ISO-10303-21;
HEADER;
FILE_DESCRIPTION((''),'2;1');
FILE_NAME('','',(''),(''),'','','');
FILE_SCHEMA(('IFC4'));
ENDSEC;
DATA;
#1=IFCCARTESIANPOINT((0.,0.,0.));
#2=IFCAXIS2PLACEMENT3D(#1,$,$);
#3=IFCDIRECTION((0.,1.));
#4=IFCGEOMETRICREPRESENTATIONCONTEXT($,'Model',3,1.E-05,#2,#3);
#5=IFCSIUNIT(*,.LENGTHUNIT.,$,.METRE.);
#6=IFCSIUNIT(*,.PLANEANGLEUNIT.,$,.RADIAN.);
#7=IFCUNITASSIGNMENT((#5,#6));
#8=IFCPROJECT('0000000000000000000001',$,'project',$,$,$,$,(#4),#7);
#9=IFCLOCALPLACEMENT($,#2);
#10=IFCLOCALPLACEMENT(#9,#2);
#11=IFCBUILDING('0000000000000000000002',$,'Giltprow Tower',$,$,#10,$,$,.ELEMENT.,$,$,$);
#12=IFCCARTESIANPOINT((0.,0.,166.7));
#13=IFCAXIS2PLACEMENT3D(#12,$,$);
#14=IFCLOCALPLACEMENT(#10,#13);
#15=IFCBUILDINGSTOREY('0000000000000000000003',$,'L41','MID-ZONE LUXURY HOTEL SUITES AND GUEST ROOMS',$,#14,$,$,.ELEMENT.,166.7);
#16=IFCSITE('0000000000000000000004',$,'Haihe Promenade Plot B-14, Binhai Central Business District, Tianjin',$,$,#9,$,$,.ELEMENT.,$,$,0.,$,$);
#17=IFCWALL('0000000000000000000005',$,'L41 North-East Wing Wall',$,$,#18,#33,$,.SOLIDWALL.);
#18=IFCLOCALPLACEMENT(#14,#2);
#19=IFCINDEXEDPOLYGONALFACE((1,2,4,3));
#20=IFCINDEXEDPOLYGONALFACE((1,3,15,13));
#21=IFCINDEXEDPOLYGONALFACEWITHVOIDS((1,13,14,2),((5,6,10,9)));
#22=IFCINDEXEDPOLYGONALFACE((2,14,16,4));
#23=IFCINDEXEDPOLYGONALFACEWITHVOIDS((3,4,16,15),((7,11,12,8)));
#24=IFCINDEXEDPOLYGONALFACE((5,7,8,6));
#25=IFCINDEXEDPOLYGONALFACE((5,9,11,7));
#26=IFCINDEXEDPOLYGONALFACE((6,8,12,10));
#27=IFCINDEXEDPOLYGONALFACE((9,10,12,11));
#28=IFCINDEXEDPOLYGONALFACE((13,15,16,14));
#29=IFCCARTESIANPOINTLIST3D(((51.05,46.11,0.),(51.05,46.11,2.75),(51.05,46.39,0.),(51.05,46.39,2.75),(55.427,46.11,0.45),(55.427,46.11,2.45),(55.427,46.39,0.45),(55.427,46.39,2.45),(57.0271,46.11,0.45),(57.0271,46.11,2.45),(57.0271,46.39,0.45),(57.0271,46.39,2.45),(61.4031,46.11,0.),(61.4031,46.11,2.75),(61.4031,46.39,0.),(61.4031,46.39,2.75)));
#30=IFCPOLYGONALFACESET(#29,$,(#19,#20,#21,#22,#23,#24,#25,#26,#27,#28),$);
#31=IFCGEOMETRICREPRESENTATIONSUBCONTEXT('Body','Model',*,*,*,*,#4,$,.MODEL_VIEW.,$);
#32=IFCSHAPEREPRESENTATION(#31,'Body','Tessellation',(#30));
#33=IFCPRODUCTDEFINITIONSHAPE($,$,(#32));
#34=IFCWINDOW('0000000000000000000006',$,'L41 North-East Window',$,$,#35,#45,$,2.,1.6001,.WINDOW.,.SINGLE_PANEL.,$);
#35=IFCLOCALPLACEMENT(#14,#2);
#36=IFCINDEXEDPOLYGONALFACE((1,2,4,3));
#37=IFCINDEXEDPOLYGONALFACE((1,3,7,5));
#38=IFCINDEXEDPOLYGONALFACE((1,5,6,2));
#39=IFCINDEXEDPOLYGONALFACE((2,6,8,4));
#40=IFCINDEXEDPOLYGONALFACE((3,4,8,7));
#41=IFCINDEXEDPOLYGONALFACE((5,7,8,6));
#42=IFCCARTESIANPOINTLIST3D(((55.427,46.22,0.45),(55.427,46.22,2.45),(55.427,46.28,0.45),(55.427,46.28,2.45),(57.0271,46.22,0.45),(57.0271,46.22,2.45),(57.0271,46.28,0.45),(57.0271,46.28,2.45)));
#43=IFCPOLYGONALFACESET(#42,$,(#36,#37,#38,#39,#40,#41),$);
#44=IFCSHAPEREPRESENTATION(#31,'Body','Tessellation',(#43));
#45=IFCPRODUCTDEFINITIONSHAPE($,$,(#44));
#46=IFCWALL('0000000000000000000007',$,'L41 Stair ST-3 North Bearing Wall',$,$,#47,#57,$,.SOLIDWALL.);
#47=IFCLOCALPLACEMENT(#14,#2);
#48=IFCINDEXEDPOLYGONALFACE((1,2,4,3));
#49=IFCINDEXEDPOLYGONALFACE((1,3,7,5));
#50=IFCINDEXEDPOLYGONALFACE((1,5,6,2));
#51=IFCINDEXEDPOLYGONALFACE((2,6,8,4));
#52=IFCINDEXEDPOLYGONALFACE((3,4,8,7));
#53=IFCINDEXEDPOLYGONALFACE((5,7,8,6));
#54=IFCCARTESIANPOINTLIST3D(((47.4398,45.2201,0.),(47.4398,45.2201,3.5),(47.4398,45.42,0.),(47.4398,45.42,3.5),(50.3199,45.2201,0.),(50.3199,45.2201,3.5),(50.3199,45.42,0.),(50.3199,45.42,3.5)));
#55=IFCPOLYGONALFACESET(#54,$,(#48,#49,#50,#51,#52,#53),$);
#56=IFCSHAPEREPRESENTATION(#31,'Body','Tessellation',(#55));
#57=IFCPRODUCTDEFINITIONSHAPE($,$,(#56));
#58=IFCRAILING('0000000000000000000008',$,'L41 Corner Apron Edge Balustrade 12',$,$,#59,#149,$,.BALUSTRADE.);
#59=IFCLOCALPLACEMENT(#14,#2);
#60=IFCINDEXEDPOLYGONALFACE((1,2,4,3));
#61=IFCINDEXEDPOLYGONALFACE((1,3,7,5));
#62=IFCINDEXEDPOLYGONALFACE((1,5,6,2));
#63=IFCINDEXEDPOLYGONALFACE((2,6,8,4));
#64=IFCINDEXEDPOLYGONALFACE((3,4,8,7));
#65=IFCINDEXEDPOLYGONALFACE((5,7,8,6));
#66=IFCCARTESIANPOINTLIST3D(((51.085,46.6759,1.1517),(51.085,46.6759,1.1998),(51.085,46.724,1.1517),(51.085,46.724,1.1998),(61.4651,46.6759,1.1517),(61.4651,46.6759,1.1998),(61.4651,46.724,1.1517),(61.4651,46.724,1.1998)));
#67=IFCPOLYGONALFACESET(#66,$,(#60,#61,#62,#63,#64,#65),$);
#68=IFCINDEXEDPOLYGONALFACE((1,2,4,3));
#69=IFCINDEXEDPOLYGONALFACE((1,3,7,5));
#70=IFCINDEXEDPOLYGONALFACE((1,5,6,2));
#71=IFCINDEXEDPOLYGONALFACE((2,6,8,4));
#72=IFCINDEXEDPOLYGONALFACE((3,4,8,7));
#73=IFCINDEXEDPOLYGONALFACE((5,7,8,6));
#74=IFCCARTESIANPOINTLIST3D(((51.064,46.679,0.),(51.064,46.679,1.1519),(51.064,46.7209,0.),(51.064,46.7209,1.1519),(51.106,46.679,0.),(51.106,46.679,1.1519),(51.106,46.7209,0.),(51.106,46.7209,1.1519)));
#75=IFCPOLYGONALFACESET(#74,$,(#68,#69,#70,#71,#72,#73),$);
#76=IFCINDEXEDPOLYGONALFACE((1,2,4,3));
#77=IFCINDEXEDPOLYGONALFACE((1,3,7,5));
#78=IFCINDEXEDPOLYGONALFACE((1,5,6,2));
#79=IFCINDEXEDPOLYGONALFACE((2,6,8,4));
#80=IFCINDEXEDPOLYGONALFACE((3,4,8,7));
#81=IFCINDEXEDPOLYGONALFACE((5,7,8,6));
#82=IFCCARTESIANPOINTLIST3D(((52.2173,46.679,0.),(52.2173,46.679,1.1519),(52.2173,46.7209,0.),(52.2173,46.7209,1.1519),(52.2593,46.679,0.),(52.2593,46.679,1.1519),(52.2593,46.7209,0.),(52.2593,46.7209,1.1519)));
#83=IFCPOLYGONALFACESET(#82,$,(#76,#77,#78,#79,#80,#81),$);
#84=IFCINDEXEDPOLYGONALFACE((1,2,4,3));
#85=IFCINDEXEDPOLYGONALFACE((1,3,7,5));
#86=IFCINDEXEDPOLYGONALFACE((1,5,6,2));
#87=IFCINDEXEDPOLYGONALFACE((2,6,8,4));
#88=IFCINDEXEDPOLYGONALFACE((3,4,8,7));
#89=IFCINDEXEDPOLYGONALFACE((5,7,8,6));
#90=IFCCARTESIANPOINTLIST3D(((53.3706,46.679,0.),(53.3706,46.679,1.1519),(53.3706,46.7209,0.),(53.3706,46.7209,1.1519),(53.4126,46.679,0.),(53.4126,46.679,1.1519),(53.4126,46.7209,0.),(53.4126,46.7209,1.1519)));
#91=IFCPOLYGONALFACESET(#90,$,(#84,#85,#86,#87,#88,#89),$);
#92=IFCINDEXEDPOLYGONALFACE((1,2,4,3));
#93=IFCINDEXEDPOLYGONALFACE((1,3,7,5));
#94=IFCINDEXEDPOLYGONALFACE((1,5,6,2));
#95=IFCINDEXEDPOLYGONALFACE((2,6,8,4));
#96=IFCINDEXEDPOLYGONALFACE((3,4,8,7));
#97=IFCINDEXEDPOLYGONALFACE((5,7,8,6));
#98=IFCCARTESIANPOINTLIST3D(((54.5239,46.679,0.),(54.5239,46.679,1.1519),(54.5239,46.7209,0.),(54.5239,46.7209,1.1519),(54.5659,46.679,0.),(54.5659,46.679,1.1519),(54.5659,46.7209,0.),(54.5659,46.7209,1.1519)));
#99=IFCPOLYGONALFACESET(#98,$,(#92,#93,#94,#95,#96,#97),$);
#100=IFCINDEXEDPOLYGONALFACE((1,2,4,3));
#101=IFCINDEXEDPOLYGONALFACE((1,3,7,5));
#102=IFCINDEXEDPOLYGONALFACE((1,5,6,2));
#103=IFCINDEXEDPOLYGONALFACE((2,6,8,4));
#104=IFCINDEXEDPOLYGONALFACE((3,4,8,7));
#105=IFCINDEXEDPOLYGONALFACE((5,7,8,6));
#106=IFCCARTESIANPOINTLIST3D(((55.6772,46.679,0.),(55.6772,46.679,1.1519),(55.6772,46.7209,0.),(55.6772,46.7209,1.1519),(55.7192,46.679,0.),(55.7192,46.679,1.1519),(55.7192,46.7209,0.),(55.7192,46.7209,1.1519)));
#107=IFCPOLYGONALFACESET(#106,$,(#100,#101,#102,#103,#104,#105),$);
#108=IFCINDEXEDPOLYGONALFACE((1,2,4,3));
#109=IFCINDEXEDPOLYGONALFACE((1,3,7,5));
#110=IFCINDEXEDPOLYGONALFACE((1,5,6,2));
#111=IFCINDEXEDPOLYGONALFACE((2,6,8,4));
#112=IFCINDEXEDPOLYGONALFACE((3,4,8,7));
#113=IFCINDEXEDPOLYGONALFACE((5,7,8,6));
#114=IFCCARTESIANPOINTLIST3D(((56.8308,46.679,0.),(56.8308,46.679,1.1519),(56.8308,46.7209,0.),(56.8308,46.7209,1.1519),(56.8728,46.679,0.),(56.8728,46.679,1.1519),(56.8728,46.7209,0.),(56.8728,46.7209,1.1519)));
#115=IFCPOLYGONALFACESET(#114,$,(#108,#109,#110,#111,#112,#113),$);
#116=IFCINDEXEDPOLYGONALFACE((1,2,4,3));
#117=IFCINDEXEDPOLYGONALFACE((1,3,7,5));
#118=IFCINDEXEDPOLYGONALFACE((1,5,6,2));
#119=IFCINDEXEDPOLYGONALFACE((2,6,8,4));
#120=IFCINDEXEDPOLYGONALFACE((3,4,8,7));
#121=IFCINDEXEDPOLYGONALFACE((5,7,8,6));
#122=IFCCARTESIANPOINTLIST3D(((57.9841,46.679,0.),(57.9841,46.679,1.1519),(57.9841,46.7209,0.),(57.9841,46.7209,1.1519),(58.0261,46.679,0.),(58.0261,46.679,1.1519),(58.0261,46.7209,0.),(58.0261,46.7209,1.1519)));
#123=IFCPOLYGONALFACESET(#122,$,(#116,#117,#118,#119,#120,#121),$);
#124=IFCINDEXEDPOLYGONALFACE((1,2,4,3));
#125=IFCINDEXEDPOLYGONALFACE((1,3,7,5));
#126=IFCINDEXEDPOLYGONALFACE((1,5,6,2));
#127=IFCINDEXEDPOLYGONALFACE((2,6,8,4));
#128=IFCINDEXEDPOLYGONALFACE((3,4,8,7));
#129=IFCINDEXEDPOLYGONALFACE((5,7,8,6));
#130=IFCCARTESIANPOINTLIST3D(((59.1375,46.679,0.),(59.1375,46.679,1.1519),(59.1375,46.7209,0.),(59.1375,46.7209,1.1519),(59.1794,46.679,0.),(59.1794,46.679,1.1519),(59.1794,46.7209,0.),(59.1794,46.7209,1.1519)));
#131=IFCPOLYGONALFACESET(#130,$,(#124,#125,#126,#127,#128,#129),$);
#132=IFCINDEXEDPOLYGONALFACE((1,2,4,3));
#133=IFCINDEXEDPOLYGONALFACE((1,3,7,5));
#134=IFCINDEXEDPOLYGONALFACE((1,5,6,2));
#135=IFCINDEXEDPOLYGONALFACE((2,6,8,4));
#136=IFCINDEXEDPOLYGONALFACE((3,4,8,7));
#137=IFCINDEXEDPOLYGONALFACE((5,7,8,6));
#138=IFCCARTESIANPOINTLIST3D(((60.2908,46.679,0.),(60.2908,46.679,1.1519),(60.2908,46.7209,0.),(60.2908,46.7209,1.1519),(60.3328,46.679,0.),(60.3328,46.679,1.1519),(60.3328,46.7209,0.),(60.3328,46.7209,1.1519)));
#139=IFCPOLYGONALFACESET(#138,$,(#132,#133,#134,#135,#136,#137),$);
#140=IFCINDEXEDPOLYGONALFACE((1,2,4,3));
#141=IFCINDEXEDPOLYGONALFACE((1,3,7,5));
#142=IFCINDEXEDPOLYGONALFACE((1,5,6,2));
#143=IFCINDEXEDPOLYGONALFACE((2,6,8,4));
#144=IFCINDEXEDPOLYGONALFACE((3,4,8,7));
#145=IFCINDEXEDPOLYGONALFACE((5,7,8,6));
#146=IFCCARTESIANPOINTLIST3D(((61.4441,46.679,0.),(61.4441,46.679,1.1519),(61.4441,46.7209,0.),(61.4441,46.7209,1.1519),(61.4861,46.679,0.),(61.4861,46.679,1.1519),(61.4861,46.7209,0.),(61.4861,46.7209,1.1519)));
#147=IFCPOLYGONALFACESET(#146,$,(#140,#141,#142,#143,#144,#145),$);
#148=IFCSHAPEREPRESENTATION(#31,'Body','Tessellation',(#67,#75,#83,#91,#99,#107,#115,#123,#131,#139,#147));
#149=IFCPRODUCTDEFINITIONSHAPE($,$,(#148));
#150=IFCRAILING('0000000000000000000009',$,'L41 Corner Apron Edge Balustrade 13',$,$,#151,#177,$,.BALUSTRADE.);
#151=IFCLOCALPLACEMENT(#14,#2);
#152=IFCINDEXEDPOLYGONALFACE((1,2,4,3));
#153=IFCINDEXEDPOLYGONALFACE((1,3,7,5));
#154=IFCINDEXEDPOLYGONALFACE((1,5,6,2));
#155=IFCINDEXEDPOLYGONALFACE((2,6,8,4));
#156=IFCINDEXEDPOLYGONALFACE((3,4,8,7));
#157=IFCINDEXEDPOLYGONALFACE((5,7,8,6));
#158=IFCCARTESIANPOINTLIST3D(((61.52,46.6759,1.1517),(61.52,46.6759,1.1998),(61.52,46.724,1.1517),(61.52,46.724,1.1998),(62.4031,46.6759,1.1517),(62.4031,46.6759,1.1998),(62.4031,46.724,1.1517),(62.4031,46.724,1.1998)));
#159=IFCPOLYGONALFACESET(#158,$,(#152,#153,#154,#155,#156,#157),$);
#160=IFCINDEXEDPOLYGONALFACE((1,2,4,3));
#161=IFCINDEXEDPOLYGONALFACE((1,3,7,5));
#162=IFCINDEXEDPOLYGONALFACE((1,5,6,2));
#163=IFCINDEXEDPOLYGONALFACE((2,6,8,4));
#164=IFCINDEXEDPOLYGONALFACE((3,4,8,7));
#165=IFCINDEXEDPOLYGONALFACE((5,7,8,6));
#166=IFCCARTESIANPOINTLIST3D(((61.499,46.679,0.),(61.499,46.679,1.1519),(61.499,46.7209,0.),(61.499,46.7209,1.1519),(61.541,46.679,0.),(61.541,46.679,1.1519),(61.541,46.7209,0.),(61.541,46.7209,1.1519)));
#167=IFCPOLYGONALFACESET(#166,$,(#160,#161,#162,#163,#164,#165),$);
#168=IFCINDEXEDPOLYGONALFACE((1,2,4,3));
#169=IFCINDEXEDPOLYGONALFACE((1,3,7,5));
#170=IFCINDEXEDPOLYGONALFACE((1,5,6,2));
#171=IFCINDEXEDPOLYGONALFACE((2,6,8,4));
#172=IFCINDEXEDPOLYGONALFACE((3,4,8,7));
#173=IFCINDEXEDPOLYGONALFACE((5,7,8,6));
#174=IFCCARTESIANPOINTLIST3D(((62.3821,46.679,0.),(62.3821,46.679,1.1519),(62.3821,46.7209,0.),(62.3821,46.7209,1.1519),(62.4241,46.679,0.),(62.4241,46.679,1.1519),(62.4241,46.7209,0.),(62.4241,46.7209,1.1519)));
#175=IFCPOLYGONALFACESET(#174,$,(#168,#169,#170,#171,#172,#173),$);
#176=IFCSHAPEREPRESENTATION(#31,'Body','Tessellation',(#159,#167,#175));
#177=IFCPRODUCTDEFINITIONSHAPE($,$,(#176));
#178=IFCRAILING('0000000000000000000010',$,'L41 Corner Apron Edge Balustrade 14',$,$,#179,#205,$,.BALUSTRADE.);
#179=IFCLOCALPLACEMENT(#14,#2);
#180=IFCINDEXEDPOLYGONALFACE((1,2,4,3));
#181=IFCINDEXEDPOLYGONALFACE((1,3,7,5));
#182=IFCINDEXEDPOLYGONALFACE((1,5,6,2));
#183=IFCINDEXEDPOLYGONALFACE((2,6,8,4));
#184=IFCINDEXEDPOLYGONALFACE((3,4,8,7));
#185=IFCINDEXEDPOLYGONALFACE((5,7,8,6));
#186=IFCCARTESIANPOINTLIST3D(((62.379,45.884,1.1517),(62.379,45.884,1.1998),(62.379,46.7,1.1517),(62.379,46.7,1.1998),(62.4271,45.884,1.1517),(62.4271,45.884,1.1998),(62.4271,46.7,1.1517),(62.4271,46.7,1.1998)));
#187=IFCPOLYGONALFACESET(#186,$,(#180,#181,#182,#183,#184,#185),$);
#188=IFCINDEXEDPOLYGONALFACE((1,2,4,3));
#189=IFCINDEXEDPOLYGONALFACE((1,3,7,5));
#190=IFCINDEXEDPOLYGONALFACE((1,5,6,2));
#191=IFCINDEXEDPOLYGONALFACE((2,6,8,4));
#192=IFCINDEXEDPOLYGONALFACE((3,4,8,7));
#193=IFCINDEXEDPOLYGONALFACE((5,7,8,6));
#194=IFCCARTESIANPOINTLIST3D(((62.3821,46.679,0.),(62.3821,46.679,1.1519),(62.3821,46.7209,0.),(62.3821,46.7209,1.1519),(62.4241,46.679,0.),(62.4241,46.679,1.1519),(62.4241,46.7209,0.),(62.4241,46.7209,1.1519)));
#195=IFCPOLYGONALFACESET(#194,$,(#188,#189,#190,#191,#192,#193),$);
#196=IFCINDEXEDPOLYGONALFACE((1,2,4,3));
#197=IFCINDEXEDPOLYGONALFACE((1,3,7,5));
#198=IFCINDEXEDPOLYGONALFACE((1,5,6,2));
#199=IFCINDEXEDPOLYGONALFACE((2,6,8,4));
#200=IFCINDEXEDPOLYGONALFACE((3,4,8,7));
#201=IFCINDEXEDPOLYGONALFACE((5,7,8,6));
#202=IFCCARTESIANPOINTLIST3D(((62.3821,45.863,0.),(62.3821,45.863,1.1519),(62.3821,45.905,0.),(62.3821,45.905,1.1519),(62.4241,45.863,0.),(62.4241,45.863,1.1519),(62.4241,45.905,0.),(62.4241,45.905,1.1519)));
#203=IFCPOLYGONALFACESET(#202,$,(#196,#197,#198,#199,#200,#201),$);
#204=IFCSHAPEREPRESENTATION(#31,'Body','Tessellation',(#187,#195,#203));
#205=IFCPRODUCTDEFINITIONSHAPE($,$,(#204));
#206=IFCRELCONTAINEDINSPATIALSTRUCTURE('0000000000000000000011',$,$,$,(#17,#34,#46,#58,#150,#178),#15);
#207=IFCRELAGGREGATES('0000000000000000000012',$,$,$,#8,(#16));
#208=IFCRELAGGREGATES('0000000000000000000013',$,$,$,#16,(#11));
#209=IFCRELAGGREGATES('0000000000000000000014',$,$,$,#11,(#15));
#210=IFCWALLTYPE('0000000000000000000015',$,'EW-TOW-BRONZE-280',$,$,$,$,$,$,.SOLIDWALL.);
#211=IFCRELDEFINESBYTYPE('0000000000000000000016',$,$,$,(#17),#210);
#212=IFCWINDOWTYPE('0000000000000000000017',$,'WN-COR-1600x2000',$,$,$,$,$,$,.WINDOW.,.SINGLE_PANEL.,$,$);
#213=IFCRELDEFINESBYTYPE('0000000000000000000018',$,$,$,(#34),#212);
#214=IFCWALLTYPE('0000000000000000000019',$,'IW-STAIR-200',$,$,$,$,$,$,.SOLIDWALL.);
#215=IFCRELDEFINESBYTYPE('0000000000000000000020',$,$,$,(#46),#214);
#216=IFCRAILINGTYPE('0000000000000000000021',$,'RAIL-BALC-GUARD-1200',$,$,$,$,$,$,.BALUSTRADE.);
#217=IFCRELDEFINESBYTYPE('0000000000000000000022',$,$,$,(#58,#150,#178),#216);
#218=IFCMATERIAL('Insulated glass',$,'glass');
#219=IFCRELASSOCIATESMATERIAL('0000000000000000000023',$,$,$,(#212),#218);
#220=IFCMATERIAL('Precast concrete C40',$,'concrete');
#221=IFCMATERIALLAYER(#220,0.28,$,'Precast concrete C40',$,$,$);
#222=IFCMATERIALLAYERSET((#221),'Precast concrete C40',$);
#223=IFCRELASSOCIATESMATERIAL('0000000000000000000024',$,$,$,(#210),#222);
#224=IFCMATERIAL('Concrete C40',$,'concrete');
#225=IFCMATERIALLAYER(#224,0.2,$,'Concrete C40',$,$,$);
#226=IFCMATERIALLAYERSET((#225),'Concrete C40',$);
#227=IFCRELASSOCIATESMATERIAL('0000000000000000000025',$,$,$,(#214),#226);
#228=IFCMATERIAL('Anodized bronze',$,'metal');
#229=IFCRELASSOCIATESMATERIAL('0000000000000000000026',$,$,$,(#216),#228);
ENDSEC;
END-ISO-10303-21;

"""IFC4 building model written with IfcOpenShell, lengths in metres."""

from ifc_helpers import new_model, si_unit, direction, frame, frame_2d, origin, origin_2d, place, context, subcontext, project, spatial, rectangle, extrude, source, transform, mapped, material, layer, layer_set, type_object, element, fill, save


model = new_model("IFC4")

# Units and contexts
model_context = context("Model", 3, precision=1e-05, world=origin(), true_north=direction((0.0, 1.0)))
body_context = subcontext(model_context, "Body", "Model", "MODEL_VIEW")
ifc_project = project(units=[si_unit("LENGTHUNIT", "METRE"), si_unit("PLANEANGLEUNIT", "RADIAN")], contexts=[model_context])

# Site, building, storey
site_placement = place(None, origin())
site = spatial("IfcSite", under=ifc_project, at=site_placement, Name="Haihe Promenade Plot B-14, Binhai Central Business District, Tianjin", CompositionType="ELEMENT", RefElevation=0.0)
building_placement = place(site_placement, origin())
building = spatial("IfcBuilding", under=site, at=building_placement, Name="Giltprow Tower", CompositionType="ELEMENT")
storey_placement = place(building_placement, frame((0.0, 0.0, 166.7)))
storey = spatial("IfcBuildingStorey", under=building, at=storey_placement, Name="L41", Description="MID-ZONE LUXURY HOTEL SUITES AND GUEST ROOMS", CompositionType="ELEMENT", Elevation=166.7)

# Wall, opening, window
ifc_material_1 = material(Name="Precast concrete C40", Category="concrete")
ifc_material_2 = material(Name="Insulated glass", Category="glass")
window_type = type_object("IfcWindowType", Name="WN-COR-1600x2000", PartitioningType="SINGLE_PANEL", PredefinedType="WINDOW", material=ifc_material_2)
shared_shape_1 = source(origin(), body_context, "Body", "SweptSolid", [
    extrude(rectangle(XDim=1.6001, YDim=2.0, at=frame_2d((0.8, 1.0))), frame((0.0, 0.03, 0.0), z_axis=(0.0, -1.0, 0.0), x_axis=(1.0, 0.0, 0.0)), (0.0, 0.0, 1.0), 0.0601),
])
ifc_layer_1 = layer(ifc_material_1, 0.28, Name="Precast concrete C40")
ifc_layer_set_1 = layer_set([ifc_layer_1], Name="Precast concrete C40")
wall_type_1 = type_object("IfcWallType", Name="EW-TOW-BRONZE-280", PredefinedType="SOLIDWALL", material=ifc_layer_set_1)
wall_1_placement = place(storey_placement, frame((51.05, 46.25, 0.0), z_axis=(0.0, 0.0, 1.0), x_axis=(1.0, 0.0, 0.0)))
wall_1 = element("IfcWall", 1, at=wall_1_placement, inside=storey, type_object=wall_type_1, Name="L41 North-East Wing Wall", PredefinedType="SOLIDWALL", context=body_context, shape_type="SweptSolid", body=[
    extrude(rectangle(XDim=10.353, YDim=0.28, at=frame_2d((5.1765, 0.0))), origin(), (0.0, 0.0, 1.0), 2.75),
])
opening_1_placement = place(wall_1_placement, frame((4.377, 0.0, 0.45)))
opening_1 = element("IfcOpeningElement", 2, at=opening_1_placement, cuts=wall_1, PredefinedType="OPENING", context=body_context, shape_type="SweptSolid", body=[
    extrude(rectangle(XDim=1.6001, YDim=2.0, at=frame_2d((0.8, 1.0))), frame((0.0, 0.1499, 0.0), z_axis=(0.0, -1.0, 0.0), x_axis=(1.0, 0.0, 0.0)), (0.0, 0.0, 1.0), 0.3),
])
window_1_placement = place(opening_1_placement, origin())
window_1 = element("IfcWindow", 3, at=window_1_placement, inside=storey, type_object=window_type, Name="L41 North-East Window", OverallHeight=2.0, OverallWidth=1.6001, PartitioningType="SINGLE_PANEL", PredefinedType="WINDOW", context=body_context, shape_type="MappedRepresentation", body=[
    mapped(shared_shape_1, transform((0.0, 0.0, 0.0), x_axis=(1.0, 0.0, 0.0), y_axis=(0.0, 1.0, 0.0), z_axis=(0.0, 0.0, 1.0), scale=1.0)),
])
fill(opening_1, window_1)

# Wall
ifc_material_3 = material(Name="Concrete C40", Category="concrete")
ifc_layer_2 = layer(ifc_material_3, 0.2, Name="Concrete C40")
ifc_layer_set_2 = layer_set([ifc_layer_2], Name="Concrete C40")
wall_type_2 = type_object("IfcWallType", Name="IW-STAIR-200", PredefinedType="SOLIDWALL", material=ifc_layer_set_2)
wall_2_placement = place(storey_placement, frame((47.4399, 45.3201, 0.0), z_axis=(0.0, 0.0, 1.0), x_axis=(1.0, 0.0, 0.0)))
element("IfcWall", 4, at=wall_2_placement, inside=storey, type_object=wall_type_2, Name="L41 Stair ST-3 North Bearing Wall", PredefinedType="SOLIDWALL", context=body_context, shape_type="SweptSolid", body=[
    extrude(rectangle(XDim=2.8801, YDim=0.2, at=frame_2d((1.4399, 0.0))), origin(), (0.0, 0.0, 1.0), 3.5),
])

# Railings
ifc_material_4 = material(Name="Anodized bronze", Category="metal")
railing_type_1 = type_object("IfcRailingType", Name="RAIL-BALC-GUARD-1200", PredefinedType="BALUSTRADE", material=ifc_material_4)
railing_1_placement = place(storey_placement, frame((51.085, 46.7, 0.0)))
element("IfcRailing", 5, at=railing_1_placement, inside=storey, type_object=railing_type_1, Name="L41 Corner Apron Edge Balustrade 12", PredefinedType="BALUSTRADE", context=body_context, shape_type="SweptSolid", body=[
    extrude(rectangle(XDim=0.0481, YDim=0.0481, at=origin_2d()), frame((0.0, 0.0, 1.1758), z_axis=(1.0, 0.0, 0.0), x_axis=(0.0, 1.0, 0.0)), (0.0, 0.0, 1.0), 10.3801),
    extrude(rectangle(XDim=0.042, YDim=0.042, at=origin_2d()), origin(), (0.0, 0.0, 1.0), 1.1519),
    extrude(rectangle(XDim=0.042, YDim=0.042, at=origin_2d()), frame((1.1533, 0.0, 0.0)), (0.0, 0.0, 1.0), 1.1519),
    extrude(rectangle(XDim=0.042, YDim=0.042, at=origin_2d()), frame((2.3066, 0.0, 0.0)), (0.0, 0.0, 1.0), 1.1519),
    extrude(rectangle(XDim=0.042, YDim=0.042, at=origin_2d()), frame((3.46, 0.0, 0.0)), (0.0, 0.0, 1.0), 1.1519),
    extrude(rectangle(XDim=0.042, YDim=0.042, at=origin_2d()), frame((4.6133, 0.0, 0.0)), (0.0, 0.0, 1.0), 1.1519),
    extrude(rectangle(XDim=0.042, YDim=0.042, at=origin_2d()), frame((5.7668, 0.0, 0.0)), (0.0, 0.0, 1.0), 1.1519),
    extrude(rectangle(XDim=0.042, YDim=0.042, at=origin_2d()), frame((6.9202, 0.0, 0.0)), (0.0, 0.0, 1.0), 1.1519),
    extrude(rectangle(XDim=0.042, YDim=0.042, at=origin_2d()), frame((8.0735, 0.0, 0.0)), (0.0, 0.0, 1.0), 1.1519),
    extrude(rectangle(XDim=0.042, YDim=0.042, at=origin_2d()), frame((9.2268, 0.0, 0.0)), (0.0, 0.0, 1.0), 1.1519),
    extrude(rectangle(XDim=0.042, YDim=0.042, at=origin_2d()), frame((10.3801, 0.0, 0.0)), (0.0, 0.0, 1.0), 1.1519),
])
railing_2_placement = place(storey_placement, frame((61.52, 46.7, 0.0)))
element("IfcRailing", 6, at=railing_2_placement, inside=storey, type_object=railing_type_1, Name="L41 Corner Apron Edge Balustrade 13", PredefinedType="BALUSTRADE", context=body_context, shape_type="SweptSolid", body=[
    extrude(rectangle(XDim=0.0481, YDim=0.0481, at=origin_2d()), frame((0.0, 0.0, 1.1758), z_axis=(1.0, 0.0, 0.0), x_axis=(0.0, 1.0, 0.0)), (0.0, 0.0, 1.0), 0.8831),
    extrude(rectangle(XDim=0.042, YDim=0.042, at=origin_2d()), origin(), (0.0, 0.0, 1.0), 1.1519),
    extrude(rectangle(XDim=0.042, YDim=0.042, at=origin_2d()), frame((0.8831, 0.0, 0.0)), (0.0, 0.0, 1.0), 1.1519),
])
railing_3_placement = place(storey_placement, frame((62.4031, 46.7, 0.0)))
element("IfcRailing", 7, at=railing_3_placement, inside=storey, type_object=railing_type_1, Name="L41 Corner Apron Edge Balustrade 14", PredefinedType="BALUSTRADE", context=body_context, shape_type="SweptSolid", body=[
    extrude(rectangle(XDim=0.0481, YDim=0.0481, at=origin_2d()), frame((0.0, 0.0, 1.1758), z_axis=(0.0, -1.0, 0.0), x_axis=(1.0, 0.0, 0.0)), (0.0, 0.0, 1.0), 0.8159),
    extrude(rectangle(XDim=0.042, YDim=0.042, at=origin_2d()), origin(), (0.0, 0.0, 1.0), 1.1519),
    extrude(rectangle(XDim=0.042, YDim=0.042, at=origin_2d()), frame((0.0, -0.8159, 0.0)), (0.0, 0.0, 1.0), 1.1519),
])

save(model, "model.ifc")
